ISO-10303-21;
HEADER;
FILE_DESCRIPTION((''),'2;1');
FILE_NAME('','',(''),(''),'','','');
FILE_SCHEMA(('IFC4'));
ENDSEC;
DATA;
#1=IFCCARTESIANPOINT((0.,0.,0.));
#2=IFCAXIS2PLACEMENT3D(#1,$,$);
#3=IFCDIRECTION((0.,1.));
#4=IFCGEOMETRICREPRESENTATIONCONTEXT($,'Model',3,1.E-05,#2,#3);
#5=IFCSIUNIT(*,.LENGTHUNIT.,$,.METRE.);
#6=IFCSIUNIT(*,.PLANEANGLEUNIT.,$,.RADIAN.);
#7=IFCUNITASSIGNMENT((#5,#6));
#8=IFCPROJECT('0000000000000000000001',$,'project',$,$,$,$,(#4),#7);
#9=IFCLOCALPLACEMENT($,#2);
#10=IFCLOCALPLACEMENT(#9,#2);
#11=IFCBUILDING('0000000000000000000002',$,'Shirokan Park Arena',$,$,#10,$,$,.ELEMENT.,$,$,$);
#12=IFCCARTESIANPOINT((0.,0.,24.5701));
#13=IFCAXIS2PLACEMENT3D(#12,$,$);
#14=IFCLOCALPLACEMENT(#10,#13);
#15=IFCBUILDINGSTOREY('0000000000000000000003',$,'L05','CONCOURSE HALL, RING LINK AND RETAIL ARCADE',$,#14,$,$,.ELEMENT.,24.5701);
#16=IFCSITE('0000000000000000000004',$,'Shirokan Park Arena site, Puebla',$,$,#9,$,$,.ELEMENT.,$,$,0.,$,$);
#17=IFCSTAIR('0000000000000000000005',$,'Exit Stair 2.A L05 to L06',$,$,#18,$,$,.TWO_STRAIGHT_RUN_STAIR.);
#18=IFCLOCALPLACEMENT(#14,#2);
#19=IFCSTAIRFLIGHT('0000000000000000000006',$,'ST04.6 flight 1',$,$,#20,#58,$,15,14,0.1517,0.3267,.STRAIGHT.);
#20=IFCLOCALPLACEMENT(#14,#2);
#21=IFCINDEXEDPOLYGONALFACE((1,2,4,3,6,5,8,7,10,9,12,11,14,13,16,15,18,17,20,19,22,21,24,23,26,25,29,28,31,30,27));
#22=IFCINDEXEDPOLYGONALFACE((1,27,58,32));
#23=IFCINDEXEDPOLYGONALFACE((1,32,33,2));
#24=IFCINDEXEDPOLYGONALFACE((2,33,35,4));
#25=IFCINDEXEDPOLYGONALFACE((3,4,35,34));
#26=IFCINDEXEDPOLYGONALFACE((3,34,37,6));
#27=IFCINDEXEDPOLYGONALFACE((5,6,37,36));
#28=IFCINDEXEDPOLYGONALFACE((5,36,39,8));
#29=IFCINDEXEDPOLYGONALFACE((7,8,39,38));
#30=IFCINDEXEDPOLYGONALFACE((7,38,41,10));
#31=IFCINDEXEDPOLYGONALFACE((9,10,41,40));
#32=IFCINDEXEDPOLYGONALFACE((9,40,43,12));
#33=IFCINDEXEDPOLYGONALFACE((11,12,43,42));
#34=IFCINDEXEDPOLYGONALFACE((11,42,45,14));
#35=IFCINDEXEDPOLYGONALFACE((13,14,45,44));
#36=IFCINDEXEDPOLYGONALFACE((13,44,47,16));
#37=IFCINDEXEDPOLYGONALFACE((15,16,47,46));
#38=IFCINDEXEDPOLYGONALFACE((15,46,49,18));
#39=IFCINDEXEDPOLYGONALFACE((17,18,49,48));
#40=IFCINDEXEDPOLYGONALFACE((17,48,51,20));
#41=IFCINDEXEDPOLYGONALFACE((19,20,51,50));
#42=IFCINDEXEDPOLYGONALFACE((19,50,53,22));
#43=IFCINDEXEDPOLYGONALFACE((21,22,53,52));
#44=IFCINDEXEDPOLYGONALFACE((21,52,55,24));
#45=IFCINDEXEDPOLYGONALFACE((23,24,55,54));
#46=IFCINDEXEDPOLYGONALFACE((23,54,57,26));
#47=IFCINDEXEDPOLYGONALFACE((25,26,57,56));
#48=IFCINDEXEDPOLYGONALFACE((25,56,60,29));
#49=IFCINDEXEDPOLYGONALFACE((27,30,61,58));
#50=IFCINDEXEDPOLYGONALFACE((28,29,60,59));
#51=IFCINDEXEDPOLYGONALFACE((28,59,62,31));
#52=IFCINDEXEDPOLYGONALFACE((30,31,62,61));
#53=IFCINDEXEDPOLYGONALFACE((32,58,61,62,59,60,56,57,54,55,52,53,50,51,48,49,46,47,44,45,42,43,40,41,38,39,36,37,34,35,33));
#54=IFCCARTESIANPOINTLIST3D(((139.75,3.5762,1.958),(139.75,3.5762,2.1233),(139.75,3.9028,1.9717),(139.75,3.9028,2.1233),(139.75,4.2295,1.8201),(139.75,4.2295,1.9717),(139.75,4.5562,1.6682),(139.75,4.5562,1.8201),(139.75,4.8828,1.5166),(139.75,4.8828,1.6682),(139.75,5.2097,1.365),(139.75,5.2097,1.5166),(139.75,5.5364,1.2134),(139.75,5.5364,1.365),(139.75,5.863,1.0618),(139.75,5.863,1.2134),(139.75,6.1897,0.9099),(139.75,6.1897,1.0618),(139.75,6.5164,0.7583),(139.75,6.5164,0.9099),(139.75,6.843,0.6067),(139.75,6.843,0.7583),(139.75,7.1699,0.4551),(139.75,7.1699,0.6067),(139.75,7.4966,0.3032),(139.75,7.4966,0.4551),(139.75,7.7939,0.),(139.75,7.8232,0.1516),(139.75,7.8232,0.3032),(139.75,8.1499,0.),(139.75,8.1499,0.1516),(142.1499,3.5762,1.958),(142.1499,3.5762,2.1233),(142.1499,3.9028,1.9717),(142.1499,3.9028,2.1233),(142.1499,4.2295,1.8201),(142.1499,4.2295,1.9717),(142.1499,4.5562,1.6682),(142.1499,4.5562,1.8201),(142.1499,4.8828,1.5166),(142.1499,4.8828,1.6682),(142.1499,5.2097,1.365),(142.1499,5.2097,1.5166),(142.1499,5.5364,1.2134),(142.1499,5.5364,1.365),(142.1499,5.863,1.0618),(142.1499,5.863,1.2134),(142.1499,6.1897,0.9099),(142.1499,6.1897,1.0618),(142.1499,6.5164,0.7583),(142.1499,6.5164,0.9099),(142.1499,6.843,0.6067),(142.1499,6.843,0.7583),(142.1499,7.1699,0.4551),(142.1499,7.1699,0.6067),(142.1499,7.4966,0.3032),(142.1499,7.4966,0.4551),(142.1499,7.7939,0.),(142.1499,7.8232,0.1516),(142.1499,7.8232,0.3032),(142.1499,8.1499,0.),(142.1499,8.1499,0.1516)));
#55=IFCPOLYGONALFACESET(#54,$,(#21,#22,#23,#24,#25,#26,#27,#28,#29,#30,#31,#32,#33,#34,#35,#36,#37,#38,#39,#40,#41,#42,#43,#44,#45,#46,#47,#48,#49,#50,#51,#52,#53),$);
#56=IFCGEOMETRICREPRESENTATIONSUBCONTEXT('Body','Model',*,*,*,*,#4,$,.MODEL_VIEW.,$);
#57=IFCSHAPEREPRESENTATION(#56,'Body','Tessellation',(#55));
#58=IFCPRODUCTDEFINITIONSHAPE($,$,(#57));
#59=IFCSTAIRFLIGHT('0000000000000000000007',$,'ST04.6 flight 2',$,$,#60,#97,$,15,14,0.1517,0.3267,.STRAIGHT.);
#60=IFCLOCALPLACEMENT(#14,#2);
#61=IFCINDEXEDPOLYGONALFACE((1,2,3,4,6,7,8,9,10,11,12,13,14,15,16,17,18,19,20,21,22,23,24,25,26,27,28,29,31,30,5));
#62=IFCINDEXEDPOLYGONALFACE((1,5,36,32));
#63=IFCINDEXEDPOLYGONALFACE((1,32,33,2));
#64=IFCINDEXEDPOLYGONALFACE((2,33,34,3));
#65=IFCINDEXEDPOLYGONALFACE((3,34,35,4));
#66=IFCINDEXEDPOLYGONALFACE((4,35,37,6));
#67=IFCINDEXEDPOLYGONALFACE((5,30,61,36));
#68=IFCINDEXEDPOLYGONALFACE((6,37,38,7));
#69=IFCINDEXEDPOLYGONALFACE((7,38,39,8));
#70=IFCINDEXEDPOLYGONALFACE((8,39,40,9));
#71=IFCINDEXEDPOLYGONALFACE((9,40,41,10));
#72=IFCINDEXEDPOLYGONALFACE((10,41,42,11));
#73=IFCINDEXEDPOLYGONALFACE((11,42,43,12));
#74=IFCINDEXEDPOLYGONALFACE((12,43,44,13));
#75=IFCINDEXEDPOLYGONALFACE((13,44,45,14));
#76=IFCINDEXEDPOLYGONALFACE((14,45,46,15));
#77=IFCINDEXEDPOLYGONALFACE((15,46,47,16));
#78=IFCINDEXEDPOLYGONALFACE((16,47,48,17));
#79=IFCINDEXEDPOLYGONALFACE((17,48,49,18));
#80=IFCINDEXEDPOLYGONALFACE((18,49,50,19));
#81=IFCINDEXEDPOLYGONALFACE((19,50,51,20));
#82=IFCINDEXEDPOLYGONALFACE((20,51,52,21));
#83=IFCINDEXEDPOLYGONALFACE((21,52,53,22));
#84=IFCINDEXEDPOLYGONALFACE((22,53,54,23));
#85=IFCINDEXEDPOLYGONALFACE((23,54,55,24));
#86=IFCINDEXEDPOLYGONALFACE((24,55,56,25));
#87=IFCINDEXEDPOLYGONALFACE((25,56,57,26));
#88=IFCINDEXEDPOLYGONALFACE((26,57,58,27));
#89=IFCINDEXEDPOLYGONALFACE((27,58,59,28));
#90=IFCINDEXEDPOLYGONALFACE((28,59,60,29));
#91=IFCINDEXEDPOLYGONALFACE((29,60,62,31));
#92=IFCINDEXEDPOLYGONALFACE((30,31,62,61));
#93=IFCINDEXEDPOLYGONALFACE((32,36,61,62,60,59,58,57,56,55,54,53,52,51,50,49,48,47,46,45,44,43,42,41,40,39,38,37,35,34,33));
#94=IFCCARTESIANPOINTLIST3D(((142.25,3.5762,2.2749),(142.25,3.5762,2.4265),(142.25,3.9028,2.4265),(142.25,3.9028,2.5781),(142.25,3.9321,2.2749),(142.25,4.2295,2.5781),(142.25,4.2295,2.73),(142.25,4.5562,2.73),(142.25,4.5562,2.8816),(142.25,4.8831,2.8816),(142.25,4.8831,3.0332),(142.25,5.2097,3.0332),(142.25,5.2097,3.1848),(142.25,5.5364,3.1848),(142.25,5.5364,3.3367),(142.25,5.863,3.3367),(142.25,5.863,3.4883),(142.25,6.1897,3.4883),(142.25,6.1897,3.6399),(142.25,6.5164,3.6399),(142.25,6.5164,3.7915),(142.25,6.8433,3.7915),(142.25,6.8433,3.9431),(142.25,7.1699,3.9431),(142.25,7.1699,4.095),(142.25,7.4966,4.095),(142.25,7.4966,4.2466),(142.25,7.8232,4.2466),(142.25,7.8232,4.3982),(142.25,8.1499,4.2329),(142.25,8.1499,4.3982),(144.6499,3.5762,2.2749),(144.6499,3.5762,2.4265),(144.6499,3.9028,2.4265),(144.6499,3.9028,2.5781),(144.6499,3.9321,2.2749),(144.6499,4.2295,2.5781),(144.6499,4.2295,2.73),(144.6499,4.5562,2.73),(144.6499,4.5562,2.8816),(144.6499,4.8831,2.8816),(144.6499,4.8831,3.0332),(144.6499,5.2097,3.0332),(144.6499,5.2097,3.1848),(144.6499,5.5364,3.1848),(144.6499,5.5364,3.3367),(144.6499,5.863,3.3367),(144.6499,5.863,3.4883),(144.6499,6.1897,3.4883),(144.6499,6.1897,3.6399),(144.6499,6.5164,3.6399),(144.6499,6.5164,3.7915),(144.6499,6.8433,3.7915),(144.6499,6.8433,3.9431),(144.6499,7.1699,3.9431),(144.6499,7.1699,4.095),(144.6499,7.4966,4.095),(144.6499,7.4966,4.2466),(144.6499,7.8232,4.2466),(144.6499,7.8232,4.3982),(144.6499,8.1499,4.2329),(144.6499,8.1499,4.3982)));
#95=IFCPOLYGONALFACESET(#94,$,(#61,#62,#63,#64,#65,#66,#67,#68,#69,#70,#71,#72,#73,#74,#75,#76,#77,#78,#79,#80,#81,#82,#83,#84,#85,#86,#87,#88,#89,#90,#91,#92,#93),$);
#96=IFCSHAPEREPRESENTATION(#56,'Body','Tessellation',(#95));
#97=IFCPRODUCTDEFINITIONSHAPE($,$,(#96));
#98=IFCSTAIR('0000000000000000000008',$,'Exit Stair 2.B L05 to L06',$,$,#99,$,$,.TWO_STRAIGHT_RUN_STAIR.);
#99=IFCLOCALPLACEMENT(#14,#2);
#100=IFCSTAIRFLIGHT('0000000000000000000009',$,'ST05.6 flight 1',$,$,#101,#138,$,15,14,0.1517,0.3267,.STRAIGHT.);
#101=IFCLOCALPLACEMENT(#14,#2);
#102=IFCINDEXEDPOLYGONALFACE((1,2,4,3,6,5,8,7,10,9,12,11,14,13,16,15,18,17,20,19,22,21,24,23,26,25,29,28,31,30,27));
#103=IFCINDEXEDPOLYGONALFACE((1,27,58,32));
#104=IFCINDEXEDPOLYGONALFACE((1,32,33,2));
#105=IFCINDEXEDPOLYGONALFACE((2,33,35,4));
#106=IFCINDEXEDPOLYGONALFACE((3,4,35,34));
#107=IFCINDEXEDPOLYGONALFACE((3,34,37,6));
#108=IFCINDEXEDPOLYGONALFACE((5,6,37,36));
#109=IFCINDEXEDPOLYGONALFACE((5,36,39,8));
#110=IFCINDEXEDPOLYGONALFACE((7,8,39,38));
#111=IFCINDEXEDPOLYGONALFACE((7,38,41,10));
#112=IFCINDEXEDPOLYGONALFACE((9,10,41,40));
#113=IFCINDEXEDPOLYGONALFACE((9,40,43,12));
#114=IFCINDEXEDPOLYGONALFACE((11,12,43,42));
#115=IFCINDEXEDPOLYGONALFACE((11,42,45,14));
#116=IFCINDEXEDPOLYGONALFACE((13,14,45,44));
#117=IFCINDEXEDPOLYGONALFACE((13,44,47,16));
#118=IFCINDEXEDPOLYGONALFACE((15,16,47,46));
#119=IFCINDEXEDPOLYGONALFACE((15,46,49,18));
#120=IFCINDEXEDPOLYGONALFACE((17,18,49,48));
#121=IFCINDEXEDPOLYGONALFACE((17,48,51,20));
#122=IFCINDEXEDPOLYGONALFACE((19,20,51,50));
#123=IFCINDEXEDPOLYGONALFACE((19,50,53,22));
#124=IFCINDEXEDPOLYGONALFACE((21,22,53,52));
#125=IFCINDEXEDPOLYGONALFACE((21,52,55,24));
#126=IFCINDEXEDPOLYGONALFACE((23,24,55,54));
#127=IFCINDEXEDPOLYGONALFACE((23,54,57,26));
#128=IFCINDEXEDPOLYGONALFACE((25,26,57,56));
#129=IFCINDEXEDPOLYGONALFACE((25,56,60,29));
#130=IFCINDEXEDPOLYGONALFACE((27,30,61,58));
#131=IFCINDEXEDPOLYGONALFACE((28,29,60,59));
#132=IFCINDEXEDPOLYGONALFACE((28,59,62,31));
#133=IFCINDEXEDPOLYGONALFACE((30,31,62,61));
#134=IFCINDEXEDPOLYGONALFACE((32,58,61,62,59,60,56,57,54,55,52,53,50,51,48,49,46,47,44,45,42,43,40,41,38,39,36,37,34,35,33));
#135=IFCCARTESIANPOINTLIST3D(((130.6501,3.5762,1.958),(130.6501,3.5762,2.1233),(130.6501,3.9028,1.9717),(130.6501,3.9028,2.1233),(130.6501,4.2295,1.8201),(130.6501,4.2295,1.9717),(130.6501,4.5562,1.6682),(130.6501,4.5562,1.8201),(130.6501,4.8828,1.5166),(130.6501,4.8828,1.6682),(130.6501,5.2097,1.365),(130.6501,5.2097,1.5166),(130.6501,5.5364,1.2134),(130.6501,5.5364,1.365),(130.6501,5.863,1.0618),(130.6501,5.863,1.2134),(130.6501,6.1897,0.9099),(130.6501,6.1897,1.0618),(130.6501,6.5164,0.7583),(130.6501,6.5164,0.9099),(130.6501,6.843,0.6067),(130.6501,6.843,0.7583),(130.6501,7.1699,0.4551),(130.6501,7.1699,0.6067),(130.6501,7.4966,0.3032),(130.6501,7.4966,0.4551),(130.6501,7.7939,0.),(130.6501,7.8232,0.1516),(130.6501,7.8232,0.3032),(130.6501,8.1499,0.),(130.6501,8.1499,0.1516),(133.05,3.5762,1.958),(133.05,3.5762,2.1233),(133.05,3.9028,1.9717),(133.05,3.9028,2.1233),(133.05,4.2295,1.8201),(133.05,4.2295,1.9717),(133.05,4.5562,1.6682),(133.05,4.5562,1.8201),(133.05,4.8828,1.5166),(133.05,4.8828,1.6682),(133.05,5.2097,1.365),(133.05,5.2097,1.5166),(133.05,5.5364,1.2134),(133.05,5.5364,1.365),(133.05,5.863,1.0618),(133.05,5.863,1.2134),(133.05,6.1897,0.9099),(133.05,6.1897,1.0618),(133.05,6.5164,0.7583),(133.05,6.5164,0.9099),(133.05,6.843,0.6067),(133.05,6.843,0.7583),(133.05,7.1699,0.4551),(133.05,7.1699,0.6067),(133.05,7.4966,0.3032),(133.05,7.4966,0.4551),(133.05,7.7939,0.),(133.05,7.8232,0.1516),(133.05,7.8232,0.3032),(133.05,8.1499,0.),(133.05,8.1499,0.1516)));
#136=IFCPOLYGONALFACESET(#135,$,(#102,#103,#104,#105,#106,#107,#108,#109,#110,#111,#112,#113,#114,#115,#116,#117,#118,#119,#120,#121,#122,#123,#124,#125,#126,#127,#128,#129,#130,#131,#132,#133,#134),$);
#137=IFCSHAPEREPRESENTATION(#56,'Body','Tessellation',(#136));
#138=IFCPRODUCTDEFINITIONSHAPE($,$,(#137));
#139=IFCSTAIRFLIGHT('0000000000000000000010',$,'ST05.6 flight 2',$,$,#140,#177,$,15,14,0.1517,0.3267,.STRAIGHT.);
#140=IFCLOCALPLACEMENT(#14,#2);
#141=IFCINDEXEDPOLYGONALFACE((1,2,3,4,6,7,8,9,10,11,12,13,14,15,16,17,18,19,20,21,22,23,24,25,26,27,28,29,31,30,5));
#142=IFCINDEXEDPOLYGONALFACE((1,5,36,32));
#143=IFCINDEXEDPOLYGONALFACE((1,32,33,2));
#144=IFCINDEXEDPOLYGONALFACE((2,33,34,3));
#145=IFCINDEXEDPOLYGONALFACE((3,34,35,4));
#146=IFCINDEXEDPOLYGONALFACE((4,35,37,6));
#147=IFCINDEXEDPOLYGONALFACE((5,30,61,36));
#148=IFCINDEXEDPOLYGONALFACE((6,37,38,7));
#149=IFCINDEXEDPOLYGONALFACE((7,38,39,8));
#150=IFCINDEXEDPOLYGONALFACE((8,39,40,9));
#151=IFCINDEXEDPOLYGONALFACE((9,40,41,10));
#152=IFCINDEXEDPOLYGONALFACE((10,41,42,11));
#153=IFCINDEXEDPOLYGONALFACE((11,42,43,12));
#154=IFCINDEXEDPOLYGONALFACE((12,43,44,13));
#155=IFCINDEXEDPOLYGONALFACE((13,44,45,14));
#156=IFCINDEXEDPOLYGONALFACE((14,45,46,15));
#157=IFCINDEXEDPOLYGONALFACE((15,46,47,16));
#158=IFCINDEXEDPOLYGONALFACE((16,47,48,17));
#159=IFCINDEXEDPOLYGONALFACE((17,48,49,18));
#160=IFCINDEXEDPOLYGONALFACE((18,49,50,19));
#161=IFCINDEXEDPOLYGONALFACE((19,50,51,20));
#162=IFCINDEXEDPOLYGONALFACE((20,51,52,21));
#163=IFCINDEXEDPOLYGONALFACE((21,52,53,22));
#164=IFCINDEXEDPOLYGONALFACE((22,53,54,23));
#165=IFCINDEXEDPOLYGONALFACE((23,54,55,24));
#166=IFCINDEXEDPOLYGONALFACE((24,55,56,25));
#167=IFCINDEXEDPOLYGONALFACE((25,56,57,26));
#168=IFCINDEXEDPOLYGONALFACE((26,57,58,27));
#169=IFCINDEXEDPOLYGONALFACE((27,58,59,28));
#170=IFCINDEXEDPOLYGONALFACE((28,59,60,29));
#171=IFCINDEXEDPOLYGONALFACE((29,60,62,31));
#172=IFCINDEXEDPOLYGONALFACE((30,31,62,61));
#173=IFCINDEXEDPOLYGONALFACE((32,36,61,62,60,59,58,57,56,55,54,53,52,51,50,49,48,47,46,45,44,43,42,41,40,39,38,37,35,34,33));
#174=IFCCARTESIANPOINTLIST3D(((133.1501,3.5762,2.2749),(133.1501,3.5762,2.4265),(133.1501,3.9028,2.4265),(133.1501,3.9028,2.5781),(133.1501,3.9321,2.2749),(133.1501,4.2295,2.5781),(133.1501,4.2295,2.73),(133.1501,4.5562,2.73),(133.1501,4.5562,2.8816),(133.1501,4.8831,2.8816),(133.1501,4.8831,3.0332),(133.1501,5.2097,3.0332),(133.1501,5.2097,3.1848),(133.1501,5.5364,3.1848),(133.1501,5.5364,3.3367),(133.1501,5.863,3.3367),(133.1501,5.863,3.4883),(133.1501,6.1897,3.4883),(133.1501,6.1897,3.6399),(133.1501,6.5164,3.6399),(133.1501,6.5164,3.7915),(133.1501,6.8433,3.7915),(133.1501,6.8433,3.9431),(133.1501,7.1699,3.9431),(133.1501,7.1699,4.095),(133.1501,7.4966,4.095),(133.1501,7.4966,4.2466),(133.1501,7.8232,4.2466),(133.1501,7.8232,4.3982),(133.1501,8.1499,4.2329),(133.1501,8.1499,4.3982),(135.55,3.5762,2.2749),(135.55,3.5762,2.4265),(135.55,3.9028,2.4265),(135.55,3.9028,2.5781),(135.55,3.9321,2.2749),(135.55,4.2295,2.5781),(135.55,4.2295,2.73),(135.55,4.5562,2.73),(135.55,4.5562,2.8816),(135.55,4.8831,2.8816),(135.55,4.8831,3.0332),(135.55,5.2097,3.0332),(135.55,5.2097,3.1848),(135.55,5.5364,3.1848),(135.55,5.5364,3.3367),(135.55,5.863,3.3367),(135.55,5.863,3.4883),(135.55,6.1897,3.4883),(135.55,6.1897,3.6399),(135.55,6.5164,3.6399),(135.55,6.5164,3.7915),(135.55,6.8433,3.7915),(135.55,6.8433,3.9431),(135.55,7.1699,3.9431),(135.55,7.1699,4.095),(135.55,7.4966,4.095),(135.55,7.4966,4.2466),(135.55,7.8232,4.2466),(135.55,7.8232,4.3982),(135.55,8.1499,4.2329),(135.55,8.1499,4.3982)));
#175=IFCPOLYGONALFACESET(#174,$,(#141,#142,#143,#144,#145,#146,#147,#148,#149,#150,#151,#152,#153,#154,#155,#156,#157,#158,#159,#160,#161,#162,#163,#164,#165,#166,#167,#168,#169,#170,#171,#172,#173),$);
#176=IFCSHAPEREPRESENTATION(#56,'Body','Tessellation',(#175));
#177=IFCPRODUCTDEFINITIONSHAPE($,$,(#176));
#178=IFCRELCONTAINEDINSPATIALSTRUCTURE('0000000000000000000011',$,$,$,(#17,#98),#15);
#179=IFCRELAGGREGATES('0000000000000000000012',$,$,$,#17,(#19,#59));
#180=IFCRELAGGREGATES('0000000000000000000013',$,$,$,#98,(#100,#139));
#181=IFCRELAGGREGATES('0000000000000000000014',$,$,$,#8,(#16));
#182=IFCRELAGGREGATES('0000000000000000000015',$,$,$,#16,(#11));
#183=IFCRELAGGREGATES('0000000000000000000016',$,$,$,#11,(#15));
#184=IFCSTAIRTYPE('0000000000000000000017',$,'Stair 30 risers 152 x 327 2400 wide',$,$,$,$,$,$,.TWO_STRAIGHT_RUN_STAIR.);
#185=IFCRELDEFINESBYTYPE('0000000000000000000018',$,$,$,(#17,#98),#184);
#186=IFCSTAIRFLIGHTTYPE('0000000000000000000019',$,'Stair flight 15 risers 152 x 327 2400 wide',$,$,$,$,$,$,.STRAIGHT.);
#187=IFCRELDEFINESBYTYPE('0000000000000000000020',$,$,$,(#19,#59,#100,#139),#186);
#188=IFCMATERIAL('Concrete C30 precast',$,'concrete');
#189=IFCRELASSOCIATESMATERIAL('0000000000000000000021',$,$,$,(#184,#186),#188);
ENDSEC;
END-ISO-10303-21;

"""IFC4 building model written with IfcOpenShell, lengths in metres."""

from ifc_helpers import new_model, si_unit, direction, frame, origin, place, context, subcontext, project, spatial, polyline, outline, extrude, material, type_object, element, aggregate, save


model = new_model("IFC4")

# Units and contexts
model_context = context("Model", 3, precision=1e-05, world=origin(), true_north=direction((0.0, 1.0)))
body_context = subcontext(model_context, "Body", "Model", "MODEL_VIEW")
ifc_project = project(units=[si_unit("LENGTHUNIT", "METRE"), si_unit("PLANEANGLEUNIT", "RADIAN")], contexts=[model_context])

# Site, building, storey
site_placement = place(None, origin())
site = spatial("IfcSite", under=ifc_project, at=site_placement, Name="Shirokan Park Arena site, Puebla", CompositionType="ELEMENT", RefElevation=0.0)
building_placement = place(site_placement, origin())
building = spatial("IfcBuilding", under=site, at=building_placement, Name="Shirokan Park Arena", CompositionType="ELEMENT")
storey_placement = place(building_placement, frame((0.0, 0.0, 24.5701)))
storey = spatial("IfcBuildingStorey", under=building, at=storey_placement, Name="L05", Description="CONCOURSE HALL, RING LINK AND RETAIL ARCADE", CompositionType="ELEMENT", Elevation=24.5701)

# Stairs, stair flights
ifc_material_1 = material(Name="Concrete C30 precast", Category="concrete")
stair_type = type_object("IfcStairType", Name="Stair 30 risers 152 x 327 2400 wide", PredefinedType="TWO_STRAIGHT_RUN_STAIR", material=ifc_material_1)
stair_1_placement = place(storey_placement, origin())
stair_1 = element("IfcStair", 1, at=stair_1_placement, inside=storey, type_object=stair_type, Name="Exit Stair 2.A L05 to L06", PredefinedType="TWO_STRAIGHT_RUN_STAIR")
stair_flight_type = type_object("IfcStairFlightType", Name="Stair flight 15 risers 152 x 327 2400 wide", PredefinedType="STRAIGHT", material=ifc_material_1)
stair_flight_1_placement = place(storey_placement, frame((140.95, 8.1499, 0.0), z_axis=(0.0, 0.0, 1.0), x_axis=(0.0, -1.0, 0.0)))
stair_flight_1 = element("IfcStairFlight", 2, at=stair_flight_1_placement, type_object=stair_flight_type, Name="ST04.6 flight 1", NumberOfRisers=15, NumberOfTreads=14, PredefinedType="STRAIGHT", RiserHeight=0.1517, TreadLength=0.3267, context=body_context, shape_type="SweptSolid", body=[
    extrude(outline(polyline([(0.0, 0.0), (0.0, 0.1516), (0.3267, 0.1516), (0.3267, 0.3032), (0.6533, 0.3032), (0.6533, 0.4551), (0.98, 0.4551), (0.98, 0.6067), (1.3069, 0.6067), (1.3069, 0.7583), (1.6335, 0.7583), (1.6335, 0.9099), (1.9602, 0.9099), (1.9602, 1.0618), (2.2869, 1.0618), (2.2869, 1.2134), (2.6135, 1.2134), (2.6135, 1.365), (2.9402, 1.365), (2.9402, 1.5166), (3.2671, 1.5166), (3.2671, 1.6682), (3.5938, 1.6682), (3.5938, 1.8201), (3.9204, 1.8201), (3.9204, 1.9717), (4.2471, 1.9717), (4.2471, 2.1233), (4.5737, 2.1233), (4.5737, 2.2749), (4.5737, 1.958), (0.356, 0.0), (0.0, 0.0)])), frame((0.0, 1.2, 0.0), z_axis=(0.0, -1.0, 0.0), x_axis=(1.0, 0.0, 0.0)), (0.0, 0.0, 1.0), 2.3999),
])
stair_flight_2_placement = place(storey_placement, frame((143.45, 3.5762, 2.2749), z_axis=(0.0, 0.0, 1.0), x_axis=(0.0, 1.0, 0.0)))
stair_flight_2 = element("IfcStairFlight", 3, at=stair_flight_2_placement, type_object=stair_flight_type, Name="ST04.6 flight 2", NumberOfRisers=15, NumberOfTreads=14, PredefinedType="STRAIGHT", RiserHeight=0.1517, TreadLength=0.3267, context=body_context, shape_type="SweptSolid", body=[
    extrude(outline(polyline([(0.0, 0.0), (0.0, 0.1516), (0.3267, 0.1516), (0.3267, 0.3032), (0.6533, 0.3032), (0.6533, 0.4551), (0.98, 0.4551), (0.98, 0.6067), (1.3069, 0.6067), (1.3069, 0.7583), (1.6335, 0.7583), (1.6335, 0.9099), (1.9602, 0.9099), (1.9602, 1.0618), (2.2869, 1.0618), (2.2869, 1.2134), (2.6135, 1.2134), (2.6135, 1.365), (2.9402, 1.365), (2.9402, 1.5166), (3.2671, 1.5166), (3.2671, 1.6682), (3.5938, 1.6682), (3.5938, 1.8201), (3.9204, 1.8201), (3.9204, 1.9717), (4.2471, 1.9717), (4.2471, 2.1233), (4.5737, 2.1233), (4.5737, 2.2749), (4.5737, 1.958), (0.356, 0.0), (0.0, 0.0)])), frame((0.0, 1.2, 0.0), z_axis=(0.0, -1.0, 0.0), x_axis=(1.0, 0.0, 0.0)), (0.0, 0.0, 1.0), 2.3999),
])
aggregate(stair_1, [stair_flight_1, stair_flight_2])
stair_2_placement = place(storey_placement, origin())
stair_2 = element("IfcStair", 4, at=stair_2_placement, inside=storey, type_object=stair_type, Name="Exit Stair 2.B L05 to L06", PredefinedType="TWO_STRAIGHT_RUN_STAIR")
stair_flight_3_placement = place(storey_placement, frame((131.8501, 8.1499, 0.0), z_axis=(0.0, 0.0, 1.0), x_axis=(0.0, -1.0, 0.0)))
stair_flight_3 = element("IfcStairFlight", 5, at=stair_flight_3_placement, type_object=stair_flight_type, Name="ST05.6 flight 1", NumberOfRisers=15, NumberOfTreads=14, PredefinedType="STRAIGHT", RiserHeight=0.1517, TreadLength=0.3267, context=body_context, shape_type="SweptSolid", body=[
    extrude(outline(polyline([(0.0, 0.0), (0.0, 0.1516), (0.3267, 0.1516), (0.3267, 0.3032), (0.6533, 0.3032), (0.6533, 0.4551), (0.98, 0.4551), (0.98, 0.6067), (1.3069, 0.6067), (1.3069, 0.7583), (1.6335, 0.7583), (1.6335, 0.9099), (1.9602, 0.9099), (1.9602, 1.0618), (2.2869, 1.0618), (2.2869, 1.2134), (2.6135, 1.2134), (2.6135, 1.365), (2.9402, 1.365), (2.9402, 1.5166), (3.2671, 1.5166), (3.2671, 1.6682), (3.5938, 1.6682), (3.5938, 1.8201), (3.9204, 1.8201), (3.9204, 1.9717), (4.2471, 1.9717), (4.2471, 2.1233), (4.5737, 2.1233), (4.5737, 2.2749), (4.5737, 1.958), (0.356, 0.0), (0.0, 0.0)])), frame((0.0, 1.2, 0.0), z_axis=(0.0, -1.0, 0.0), x_axis=(1.0, 0.0, 0.0)), (0.0, 0.0, 1.0), 2.3999),
])
stair_flight_4_placement = place(storey_placement, frame((134.3501, 3.5762, 2.2749), z_axis=(0.0, 0.0, 1.0), x_axis=(0.0, 1.0, 0.0)))
stair_flight_4 = element("IfcStairFlight", 6, at=stair_flight_4_placement, type_object=stair_flight_type, Name="ST05.6 flight 2", NumberOfRisers=15, NumberOfTreads=14, PredefinedType="STRAIGHT", RiserHeight=0.1517, TreadLength=0.3267, context=body_context, shape_type="SweptSolid", body=[
    extrude(outline(polyline([(0.0, 0.0), (0.0, 0.1516), (0.3267, 0.1516), (0.3267, 0.3032), (0.6533, 0.3032), (0.6533, 0.4551), (0.98, 0.4551), (0.98, 0.6067), (1.3069, 0.6067), (1.3069, 0.7583), (1.6335, 0.7583), (1.6335, 0.9099), (1.9602, 0.9099), (1.9602, 1.0618), (2.2869, 1.0618), (2.2869, 1.2134), (2.6135, 1.2134), (2.6135, 1.365), (2.9402, 1.365), (2.9402, 1.5166), (3.2671, 1.5166), (3.2671, 1.6682), (3.5938, 1.6682), (3.5938, 1.8201), (3.9204, 1.8201), (3.9204, 1.9717), (4.2471, 1.9717), (4.2471, 2.1233), (4.5737, 2.1233), (4.5737, 2.2749), (4.5737, 1.958), (0.356, 0.0), (0.0, 0.0)])), frame((0.0, 1.2, 0.0), z_axis=(0.0, -1.0, 0.0), x_axis=(1.0, 0.0, 0.0)), (0.0, 0.0, 1.0), 2.3999),
])
aggregate(stair_2, [stair_flight_3, stair_flight_4])

save(model, "model.ifc")
